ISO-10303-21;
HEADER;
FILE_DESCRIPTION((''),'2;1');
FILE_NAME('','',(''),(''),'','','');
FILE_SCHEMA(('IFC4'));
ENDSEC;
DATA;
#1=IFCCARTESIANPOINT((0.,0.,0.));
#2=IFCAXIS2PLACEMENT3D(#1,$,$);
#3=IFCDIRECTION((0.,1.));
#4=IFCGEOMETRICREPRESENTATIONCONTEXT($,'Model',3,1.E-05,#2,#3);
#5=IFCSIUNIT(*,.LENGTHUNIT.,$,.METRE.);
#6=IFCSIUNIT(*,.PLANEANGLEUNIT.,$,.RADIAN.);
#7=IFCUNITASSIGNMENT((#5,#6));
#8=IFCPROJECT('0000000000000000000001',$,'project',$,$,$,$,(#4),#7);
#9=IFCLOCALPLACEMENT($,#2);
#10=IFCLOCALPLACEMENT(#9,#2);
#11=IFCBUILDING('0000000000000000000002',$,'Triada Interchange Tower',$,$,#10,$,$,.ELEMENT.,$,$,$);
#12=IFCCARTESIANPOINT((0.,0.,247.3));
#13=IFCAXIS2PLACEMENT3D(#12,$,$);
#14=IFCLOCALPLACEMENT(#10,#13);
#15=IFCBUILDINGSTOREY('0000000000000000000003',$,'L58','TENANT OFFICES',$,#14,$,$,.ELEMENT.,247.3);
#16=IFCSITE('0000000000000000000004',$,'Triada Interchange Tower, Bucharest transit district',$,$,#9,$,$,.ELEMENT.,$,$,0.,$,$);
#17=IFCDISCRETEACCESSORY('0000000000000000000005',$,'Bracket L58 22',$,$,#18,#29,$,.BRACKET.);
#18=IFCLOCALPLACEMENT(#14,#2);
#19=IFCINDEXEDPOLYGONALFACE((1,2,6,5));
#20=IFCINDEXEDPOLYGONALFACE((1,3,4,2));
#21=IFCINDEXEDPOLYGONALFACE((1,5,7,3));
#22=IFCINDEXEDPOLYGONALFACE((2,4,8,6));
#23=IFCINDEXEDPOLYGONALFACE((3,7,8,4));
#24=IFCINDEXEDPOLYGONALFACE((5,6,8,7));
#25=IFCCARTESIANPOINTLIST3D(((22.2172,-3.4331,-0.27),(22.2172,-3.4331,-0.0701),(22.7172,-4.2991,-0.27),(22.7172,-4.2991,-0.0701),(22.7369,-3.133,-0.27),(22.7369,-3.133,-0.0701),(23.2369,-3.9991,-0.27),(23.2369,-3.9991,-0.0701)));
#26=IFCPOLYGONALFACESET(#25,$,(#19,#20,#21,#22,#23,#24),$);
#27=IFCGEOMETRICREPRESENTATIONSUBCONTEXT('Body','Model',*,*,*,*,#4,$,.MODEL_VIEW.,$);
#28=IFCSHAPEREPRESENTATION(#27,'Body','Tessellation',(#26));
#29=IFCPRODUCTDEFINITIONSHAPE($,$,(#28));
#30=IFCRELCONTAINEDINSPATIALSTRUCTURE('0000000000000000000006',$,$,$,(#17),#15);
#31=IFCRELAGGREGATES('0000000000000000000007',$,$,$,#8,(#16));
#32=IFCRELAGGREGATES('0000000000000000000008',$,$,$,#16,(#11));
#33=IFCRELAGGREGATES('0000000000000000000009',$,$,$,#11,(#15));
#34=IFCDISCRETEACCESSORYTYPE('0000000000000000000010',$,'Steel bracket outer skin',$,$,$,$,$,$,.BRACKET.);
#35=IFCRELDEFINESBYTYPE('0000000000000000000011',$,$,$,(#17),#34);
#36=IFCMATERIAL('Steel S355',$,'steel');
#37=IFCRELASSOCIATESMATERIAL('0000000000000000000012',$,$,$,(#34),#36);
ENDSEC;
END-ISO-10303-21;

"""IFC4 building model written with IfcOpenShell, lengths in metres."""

from ifc_helpers import new_model, si_unit, direction, frame, origin, origin_2d, place, context, subcontext, project, spatial, rectangle, extrude, material, type_object, element, save


model = new_model("IFC4")

# Units and contexts
model_context = context("Model", 3, precision=1e-05, world=origin(), true_north=direction((0.0, 1.0)))
body_context = subcontext(model_context, "Body", "Model", "MODEL_VIEW")
ifc_project = project(units=[si_unit("LENGTHUNIT", "METRE"), si_unit("PLANEANGLEUNIT", "RADIAN")], contexts=[model_context])

# Site, building, storey
site_placement = place(None, origin())
site = spatial("IfcSite", under=ifc_project, at=site_placement, Name="Triada Interchange Tower, Bucharest transit district", CompositionType="ELEMENT", RefElevation=0.0)
building_placement = place(site_placement, origin())
building = spatial("IfcBuilding", under=site, at=building_placement, Name="Triada Interchange Tower", CompositionType="ELEMENT")
storey_placement = place(building_placement, frame((0.0, 0.0, 247.3)))
storey = spatial("IfcBuildingStorey", under=building, at=storey_placement, Name="L58", Description="TENANT OFFICES", CompositionType="ELEMENT", Elevation=247.3)

# Discrete accessory
ifc_material_1 = material(Name="Steel S355", Category="steel")
discrete_accessory_type = type_object("IfcDiscreteAccessoryType", Name="Steel bracket outer skin", PredefinedType="BRACKET", material=ifc_material_1)
for number, where, z_axis, x_axis, name in (
    (1, (22.7271, -3.7161, -0.27), (0.0, 0.0, 1.0), (0.86603, 0.499991, 0.0), "Bracket L58 22"),
):
    element("IfcDiscreteAccessory", number, at=place(storey_placement, frame(where, z_axis=z_axis, x_axis=x_axis)), inside=storey, type_object=discrete_accessory_type, Name=name, PredefinedType="BRACKET", context=body_context, shape_type="SweptSolid", body=[
        extrude(rectangle(XDim=0.6001, YDim=1.0, at=origin_2d()), origin(), (0.0, 0.0, 1.0), 0.2),
    ])

save(model, "model.ifc")
